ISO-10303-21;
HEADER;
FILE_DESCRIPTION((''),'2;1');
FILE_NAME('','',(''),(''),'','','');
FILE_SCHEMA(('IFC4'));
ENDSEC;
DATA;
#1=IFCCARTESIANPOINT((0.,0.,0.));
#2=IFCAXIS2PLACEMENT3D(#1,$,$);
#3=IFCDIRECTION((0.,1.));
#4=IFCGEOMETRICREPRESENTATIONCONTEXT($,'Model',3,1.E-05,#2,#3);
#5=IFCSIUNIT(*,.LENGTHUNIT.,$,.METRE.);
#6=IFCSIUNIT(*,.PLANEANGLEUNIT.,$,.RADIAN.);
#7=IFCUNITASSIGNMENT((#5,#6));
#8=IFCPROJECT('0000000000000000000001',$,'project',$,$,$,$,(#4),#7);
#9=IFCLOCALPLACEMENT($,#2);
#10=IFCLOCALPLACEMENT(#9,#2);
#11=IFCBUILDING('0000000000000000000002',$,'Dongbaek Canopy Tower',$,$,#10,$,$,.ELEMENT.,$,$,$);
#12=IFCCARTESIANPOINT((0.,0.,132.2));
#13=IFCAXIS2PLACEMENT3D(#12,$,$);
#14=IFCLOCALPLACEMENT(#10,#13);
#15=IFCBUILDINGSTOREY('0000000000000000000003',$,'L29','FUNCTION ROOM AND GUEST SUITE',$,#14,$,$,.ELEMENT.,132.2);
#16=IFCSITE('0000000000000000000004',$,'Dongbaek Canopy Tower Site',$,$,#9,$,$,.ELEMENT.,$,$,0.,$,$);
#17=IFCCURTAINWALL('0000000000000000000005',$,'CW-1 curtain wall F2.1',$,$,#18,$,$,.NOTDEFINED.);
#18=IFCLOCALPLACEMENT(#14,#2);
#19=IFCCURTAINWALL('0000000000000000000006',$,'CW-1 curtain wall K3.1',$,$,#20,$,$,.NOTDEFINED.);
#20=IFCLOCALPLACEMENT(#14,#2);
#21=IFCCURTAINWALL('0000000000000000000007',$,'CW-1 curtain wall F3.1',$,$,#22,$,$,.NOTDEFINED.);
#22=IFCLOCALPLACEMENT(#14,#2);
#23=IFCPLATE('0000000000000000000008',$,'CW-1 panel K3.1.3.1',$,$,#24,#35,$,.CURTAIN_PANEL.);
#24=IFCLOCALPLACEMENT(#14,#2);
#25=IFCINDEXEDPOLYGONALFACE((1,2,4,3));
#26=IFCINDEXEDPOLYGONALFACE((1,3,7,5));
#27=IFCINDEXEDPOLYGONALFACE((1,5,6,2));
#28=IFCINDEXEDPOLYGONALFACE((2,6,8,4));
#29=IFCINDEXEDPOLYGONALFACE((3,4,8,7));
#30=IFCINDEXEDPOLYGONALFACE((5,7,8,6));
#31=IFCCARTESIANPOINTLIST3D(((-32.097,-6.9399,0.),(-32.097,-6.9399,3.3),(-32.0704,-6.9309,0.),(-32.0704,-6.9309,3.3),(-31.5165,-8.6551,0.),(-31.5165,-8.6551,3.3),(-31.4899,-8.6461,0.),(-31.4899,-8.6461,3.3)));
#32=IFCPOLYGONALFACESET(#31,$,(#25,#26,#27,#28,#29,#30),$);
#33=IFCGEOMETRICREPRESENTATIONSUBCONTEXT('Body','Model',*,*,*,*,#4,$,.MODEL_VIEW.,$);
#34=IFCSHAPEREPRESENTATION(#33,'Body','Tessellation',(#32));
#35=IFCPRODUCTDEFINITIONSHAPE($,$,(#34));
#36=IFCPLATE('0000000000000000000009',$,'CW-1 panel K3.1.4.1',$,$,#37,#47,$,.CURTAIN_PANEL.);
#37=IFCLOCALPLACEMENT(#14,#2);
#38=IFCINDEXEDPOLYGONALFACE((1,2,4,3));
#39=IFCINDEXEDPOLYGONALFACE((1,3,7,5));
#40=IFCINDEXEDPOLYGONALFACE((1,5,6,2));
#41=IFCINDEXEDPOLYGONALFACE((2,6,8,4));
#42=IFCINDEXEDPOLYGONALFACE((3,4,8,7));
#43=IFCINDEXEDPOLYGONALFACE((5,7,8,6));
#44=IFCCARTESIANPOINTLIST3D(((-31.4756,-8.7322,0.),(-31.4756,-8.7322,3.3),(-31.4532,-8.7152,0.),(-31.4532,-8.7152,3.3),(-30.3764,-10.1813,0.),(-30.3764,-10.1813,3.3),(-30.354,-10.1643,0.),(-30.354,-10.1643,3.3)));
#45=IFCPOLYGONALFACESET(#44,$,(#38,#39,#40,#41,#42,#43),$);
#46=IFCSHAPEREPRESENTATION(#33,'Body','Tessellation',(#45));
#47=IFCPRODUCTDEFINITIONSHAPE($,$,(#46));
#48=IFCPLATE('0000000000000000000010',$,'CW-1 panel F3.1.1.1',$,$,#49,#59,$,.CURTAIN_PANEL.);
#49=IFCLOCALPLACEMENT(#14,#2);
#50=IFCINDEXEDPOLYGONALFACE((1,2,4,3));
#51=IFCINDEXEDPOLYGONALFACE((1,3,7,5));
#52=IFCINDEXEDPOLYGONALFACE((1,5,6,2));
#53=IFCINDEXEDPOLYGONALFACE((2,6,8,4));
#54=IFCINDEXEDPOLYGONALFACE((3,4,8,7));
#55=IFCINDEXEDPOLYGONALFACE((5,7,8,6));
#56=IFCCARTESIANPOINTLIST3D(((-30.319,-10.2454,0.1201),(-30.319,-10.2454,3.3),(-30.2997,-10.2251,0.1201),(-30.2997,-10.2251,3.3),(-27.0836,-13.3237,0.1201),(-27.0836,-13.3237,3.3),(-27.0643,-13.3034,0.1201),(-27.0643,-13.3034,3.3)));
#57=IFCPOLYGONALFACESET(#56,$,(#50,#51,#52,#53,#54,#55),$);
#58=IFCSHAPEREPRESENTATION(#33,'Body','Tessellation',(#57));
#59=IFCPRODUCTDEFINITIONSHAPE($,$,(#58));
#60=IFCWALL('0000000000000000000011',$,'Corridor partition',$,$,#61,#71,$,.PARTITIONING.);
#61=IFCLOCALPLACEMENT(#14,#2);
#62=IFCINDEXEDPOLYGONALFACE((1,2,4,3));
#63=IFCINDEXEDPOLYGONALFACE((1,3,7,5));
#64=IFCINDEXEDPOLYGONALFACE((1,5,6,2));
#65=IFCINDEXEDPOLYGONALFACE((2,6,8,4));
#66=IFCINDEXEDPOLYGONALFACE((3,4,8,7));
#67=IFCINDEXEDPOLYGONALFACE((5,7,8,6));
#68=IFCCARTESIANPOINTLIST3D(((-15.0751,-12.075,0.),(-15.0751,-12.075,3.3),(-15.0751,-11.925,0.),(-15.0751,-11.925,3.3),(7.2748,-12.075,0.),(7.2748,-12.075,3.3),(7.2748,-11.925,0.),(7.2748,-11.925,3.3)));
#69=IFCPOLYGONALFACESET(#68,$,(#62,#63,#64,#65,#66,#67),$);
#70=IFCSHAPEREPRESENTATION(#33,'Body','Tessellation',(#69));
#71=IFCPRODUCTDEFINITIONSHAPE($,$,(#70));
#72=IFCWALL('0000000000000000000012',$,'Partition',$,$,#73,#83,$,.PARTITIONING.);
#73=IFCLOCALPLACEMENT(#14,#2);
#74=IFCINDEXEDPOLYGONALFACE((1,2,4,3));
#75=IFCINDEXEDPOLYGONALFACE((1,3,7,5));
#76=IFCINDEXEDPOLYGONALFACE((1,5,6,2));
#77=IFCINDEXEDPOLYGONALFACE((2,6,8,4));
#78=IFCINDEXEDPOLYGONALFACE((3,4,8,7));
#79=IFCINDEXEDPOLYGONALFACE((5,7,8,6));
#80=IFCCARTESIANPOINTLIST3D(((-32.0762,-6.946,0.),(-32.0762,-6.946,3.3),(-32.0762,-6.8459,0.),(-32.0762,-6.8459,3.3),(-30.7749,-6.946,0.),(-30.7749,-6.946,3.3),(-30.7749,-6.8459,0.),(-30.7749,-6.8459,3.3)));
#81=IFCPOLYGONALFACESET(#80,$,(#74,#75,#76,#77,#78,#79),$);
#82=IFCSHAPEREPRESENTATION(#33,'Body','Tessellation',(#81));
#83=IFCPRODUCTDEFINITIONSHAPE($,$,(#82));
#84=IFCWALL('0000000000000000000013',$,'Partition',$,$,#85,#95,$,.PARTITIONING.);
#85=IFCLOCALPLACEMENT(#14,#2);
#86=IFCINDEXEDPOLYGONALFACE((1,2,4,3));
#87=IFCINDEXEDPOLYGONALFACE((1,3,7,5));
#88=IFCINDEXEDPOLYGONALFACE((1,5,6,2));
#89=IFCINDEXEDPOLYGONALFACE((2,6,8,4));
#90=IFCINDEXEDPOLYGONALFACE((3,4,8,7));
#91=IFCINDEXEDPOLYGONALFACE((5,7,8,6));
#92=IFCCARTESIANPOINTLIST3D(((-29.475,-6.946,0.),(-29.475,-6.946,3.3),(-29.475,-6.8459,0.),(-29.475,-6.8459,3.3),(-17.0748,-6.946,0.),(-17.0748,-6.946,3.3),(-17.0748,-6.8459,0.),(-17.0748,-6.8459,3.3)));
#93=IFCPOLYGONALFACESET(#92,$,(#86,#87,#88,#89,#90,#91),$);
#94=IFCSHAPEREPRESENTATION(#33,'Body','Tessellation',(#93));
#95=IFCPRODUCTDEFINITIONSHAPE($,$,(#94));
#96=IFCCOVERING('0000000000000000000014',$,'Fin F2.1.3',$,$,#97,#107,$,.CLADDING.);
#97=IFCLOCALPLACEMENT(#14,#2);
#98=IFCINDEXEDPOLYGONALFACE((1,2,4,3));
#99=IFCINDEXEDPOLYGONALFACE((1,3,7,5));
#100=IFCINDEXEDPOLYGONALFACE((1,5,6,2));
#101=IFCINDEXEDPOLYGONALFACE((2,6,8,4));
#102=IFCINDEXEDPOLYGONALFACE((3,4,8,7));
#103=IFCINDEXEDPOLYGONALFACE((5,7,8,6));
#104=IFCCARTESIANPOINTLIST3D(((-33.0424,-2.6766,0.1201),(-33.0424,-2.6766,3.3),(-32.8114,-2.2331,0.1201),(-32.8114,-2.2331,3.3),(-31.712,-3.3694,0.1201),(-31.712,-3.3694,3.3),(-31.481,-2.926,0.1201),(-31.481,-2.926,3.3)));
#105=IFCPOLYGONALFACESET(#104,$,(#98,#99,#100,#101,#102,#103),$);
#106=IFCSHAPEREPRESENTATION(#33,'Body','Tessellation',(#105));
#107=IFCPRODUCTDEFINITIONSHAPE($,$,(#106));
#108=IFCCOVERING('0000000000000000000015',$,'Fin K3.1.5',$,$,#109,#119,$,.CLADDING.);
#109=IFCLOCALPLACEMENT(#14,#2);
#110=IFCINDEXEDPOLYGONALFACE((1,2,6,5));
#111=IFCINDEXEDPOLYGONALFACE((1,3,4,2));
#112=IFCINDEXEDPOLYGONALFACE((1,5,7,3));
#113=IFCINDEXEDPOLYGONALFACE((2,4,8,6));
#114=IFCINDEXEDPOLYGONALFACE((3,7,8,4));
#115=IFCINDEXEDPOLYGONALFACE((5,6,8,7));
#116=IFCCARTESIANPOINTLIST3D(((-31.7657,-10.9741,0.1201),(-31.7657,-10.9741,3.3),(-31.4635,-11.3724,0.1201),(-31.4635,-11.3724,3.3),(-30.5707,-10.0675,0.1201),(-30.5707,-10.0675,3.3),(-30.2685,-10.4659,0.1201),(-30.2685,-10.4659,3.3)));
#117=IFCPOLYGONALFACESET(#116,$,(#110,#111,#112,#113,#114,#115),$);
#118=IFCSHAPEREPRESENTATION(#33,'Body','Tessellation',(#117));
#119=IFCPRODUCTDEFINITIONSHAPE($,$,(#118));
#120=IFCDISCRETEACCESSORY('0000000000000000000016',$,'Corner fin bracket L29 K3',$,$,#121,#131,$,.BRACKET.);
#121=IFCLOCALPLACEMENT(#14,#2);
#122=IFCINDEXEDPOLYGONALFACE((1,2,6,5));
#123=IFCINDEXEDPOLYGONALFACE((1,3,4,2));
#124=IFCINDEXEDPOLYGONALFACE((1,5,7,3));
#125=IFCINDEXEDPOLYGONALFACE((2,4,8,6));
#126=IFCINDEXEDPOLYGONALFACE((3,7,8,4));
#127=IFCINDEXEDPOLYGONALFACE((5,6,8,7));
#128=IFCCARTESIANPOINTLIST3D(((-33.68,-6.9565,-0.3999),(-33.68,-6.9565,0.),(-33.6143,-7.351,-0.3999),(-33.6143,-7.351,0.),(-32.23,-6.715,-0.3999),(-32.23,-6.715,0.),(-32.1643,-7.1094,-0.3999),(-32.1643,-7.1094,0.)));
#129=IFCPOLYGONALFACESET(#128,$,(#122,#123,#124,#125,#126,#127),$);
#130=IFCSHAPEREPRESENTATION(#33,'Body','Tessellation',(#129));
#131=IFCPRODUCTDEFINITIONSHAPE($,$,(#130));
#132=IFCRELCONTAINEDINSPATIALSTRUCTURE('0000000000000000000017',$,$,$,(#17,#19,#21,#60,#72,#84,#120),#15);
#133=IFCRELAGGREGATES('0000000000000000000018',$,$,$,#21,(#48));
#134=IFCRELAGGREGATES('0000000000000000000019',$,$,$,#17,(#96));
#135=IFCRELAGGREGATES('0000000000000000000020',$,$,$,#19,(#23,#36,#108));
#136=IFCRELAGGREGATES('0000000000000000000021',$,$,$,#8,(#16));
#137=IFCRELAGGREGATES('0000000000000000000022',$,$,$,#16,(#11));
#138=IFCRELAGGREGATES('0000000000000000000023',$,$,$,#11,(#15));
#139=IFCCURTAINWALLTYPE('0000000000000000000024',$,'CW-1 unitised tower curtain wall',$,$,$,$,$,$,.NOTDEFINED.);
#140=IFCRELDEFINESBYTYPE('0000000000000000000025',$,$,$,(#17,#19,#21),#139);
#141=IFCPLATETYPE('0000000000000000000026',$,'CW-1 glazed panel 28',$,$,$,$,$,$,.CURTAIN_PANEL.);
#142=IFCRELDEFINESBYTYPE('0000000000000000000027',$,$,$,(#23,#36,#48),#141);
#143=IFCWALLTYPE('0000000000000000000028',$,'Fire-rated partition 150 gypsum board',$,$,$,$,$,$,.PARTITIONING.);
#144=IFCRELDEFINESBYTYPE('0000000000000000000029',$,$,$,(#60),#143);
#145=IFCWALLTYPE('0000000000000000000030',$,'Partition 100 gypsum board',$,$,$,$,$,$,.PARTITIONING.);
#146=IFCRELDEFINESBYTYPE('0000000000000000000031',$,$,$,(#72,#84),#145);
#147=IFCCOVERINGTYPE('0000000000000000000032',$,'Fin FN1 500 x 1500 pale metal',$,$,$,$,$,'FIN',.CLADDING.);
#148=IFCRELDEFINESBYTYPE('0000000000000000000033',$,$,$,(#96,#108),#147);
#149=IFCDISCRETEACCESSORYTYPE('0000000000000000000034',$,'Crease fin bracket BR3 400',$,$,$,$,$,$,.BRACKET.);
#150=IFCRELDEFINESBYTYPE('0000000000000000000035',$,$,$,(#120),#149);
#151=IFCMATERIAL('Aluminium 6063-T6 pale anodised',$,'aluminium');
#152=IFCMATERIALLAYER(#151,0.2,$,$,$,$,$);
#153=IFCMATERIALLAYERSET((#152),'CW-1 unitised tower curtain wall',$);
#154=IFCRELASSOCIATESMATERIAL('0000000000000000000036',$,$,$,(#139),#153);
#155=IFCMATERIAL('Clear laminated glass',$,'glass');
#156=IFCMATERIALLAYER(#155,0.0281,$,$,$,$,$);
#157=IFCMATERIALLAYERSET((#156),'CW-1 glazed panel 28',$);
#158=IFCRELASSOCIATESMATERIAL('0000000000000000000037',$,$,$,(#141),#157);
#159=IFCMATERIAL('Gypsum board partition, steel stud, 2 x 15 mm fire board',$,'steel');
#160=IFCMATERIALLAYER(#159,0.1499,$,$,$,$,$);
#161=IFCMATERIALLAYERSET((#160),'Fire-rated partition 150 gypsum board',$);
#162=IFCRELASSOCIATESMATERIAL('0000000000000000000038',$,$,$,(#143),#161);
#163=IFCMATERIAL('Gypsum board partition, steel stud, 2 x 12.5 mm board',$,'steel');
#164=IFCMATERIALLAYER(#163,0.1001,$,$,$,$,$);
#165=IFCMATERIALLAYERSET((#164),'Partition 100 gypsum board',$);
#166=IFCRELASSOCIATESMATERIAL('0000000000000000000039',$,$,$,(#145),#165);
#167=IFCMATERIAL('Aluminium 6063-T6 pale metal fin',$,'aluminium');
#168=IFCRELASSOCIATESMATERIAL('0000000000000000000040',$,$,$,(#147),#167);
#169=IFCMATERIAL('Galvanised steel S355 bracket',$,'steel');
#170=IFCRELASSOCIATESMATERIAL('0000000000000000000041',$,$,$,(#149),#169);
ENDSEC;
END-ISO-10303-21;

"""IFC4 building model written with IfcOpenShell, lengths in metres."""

from ifc_helpers import new_model, si_unit, direction, frame, frame_2d, origin, origin_2d, place, context, subcontext, project, spatial, rectangle, extrude, material, layer, layer_set, material_profile, profile_set, type_object, element, aggregate, save


model = new_model("IFC4")

# Units and contexts
model_context = context("Model", 3, precision=1e-05, world=origin(), true_north=direction((0.0, 1.0)))
body_context = subcontext(model_context, "Body", "Model", "MODEL_VIEW")
ifc_project = project(units=[si_unit("LENGTHUNIT", "METRE"), si_unit("PLANEANGLEUNIT", "RADIAN")], contexts=[model_context])

# Site, building, storey
site_placement = place(None, origin())
site = spatial("IfcSite", under=ifc_project, at=site_placement, Name="Dongbaek Canopy Tower Site", CompositionType="ELEMENT", RefElevation=0.0)
building_placement = place(site_placement, origin())
building = spatial("IfcBuilding", under=site, at=building_placement, Name="Dongbaek Canopy Tower", CompositionType="ELEMENT")
storey_placement = place(building_placement, frame((0.0, 0.0, 132.2)))
storey = spatial("IfcBuildingStorey", under=building, at=storey_placement, Name="L29", Description="FUNCTION ROOM AND GUEST SUITE", CompositionType="ELEMENT", Elevation=132.2)

# Curtain wall
ifc_material_1 = material(Name="Aluminium 6063-T6 pale anodised", Category="aluminium")
ifc_layer_1 = layer(ifc_material_1, 0.2)
ifc_layer_set_1 = layer_set([ifc_layer_1], Name="CW-1 unitised tower curtain wall")
curtain_wall_type = type_object("IfcCurtainWallType", Name="CW-1 unitised tower curtain wall", PredefinedType="NOTDEFINED", material=ifc_layer_set_1)
curtain_wall_1_placement = place(storey_placement, origin())
curtain_wall_1 = element("IfcCurtainWall", 1, at=curtain_wall_1_placement, inside=storey, type_object=curtain_wall_type, Name="CW-1 curtain wall F2.1", PredefinedType="NOTDEFINED")

# Curtain wall
curtain_wall_2_placement = place(storey_placement, origin())
curtain_wall_2 = element("IfcCurtainWall", 2, at=curtain_wall_2_placement, inside=storey, type_object=curtain_wall_type, Name="CW-1 curtain wall K3.1", PredefinedType="NOTDEFINED")

# Curtain wall
curtain_wall_3_placement = place(storey_placement, origin())
curtain_wall_3 = element("IfcCurtainWall", 3, at=curtain_wall_3_placement, inside=storey, type_object=curtain_wall_type, Name="CW-1 curtain wall F3.1", PredefinedType="NOTDEFINED")

# Plates
ifc_material_2 = material(Name="Clear laminated glass", Category="glass")
ifc_layer_2 = layer(ifc_material_2, 0.0281)
ifc_layer_set_2 = layer_set([ifc_layer_2], Name="CW-1 glazed panel 28")
plate_type = type_object("IfcPlateType", Name="CW-1 glazed panel 28", PredefinedType="CURTAIN_PANEL", material=ifc_layer_set_2)
plate_1_placement = place(storey_placement, frame((-31.7935, -7.793, 0.0), z_axis=(0.0, 0.0, 1.0), x_axis=(0.320601, -0.947214, 0.0)))
plate_1 = element("IfcPlate", 4, at=plate_1_placement, type_object=plate_type, Name="CW-1 panel K3.1.3.1", PredefinedType="CURTAIN_PANEL", context=body_context, shape_type="SweptSolid", body=[
    extrude(rectangle(XDim=1.8108, YDim=0.0281, at=origin_2d()), origin(), (0.0, 0.0, 1.0), 3.3),
])
plate_2_placement = place(storey_placement, frame((-30.9148, -9.4482, 0.0), z_axis=(0.0, 0.0, 1.0), x_axis=(0.604365, -0.796707, 0.0)))
plate_2 = element("IfcPlate", 5, at=plate_2_placement, type_object=plate_type, Name="CW-1 panel K3.1.4.1", PredefinedType="CURTAIN_PANEL", context=body_context, shape_type="SweptSolid", body=[
    extrude(rectangle(XDim=1.8188, YDim=0.0281, at=origin_2d()), origin(), (0.0, 0.0, 1.0), 3.3),
])
plate_3_placement = place(storey_placement, frame((-28.6917, -11.7744, 0.1201), z_axis=(0.0, 0.0, 1.0), x_axis=(0.724474, -0.689302, 0.0)))
plate_3 = element("IfcPlate", 6, at=plate_3_placement, type_object=plate_type, Name="CW-1 panel F3.1.1.1", PredefinedType="CURTAIN_PANEL", context=body_context, shape_type="SweptSolid", body=[
    extrude(rectangle(XDim=4.4658, YDim=0.0281, at=origin_2d()), origin(), (0.0, 0.0, 1.0), 3.1799),
])
aggregate(curtain_wall_3, [plate_3])

# Walls
ifc_material_3 = material(Name="Gypsum board partition, steel stud, 2 x 15 mm fire board", Category="steel")
ifc_layer_3 = layer(ifc_material_3, 0.1499)
ifc_layer_set_3 = layer_set([ifc_layer_3], Name="Fire-rated partition 150 gypsum board")
wall_type_1 = type_object("IfcWallType", Name="Fire-rated partition 150 gypsum board", PredefinedType="PARTITIONING", material=ifc_layer_set_3)
wall_1_placement = place(storey_placement, frame((-15.075, -12.0, 0.0), z_axis=(0.0, 0.0, 1.0), x_axis=(1.0, 0.0, 0.0)))
element("IfcWall", 7, at=wall_1_placement, inside=storey, type_object=wall_type_1, Name="Corridor partition", PredefinedType="PARTITIONING", context=body_context, shape_type="SweptSolid", body=[
    extrude(rectangle(XDim=22.3499, YDim=0.1499, at=frame_2d((11.1748, 0.0))), origin(), (0.0, 0.0, 1.0), 3.3),
])
ifc_material_4 = material(Name="Gypsum board partition, steel stud, 2 x 12.5 mm board", Category="steel")
ifc_layer_4 = layer(ifc_material_4, 0.1001)
ifc_layer_set_4 = layer_set([ifc_layer_4], Name="Partition 100 gypsum board")
wall_type_2 = type_object("IfcWallType", Name="Partition 100 gypsum board", PredefinedType="PARTITIONING", material=ifc_layer_set_4)
wall_2_placement = place(storey_placement, frame((-32.0762, -6.896, 0.0), z_axis=(0.0, 0.0, 1.0), x_axis=(1.0, 0.0, 0.0)))
element("IfcWall", 8, at=wall_2_placement, inside=storey, type_object=wall_type_2, Name="Partition", PredefinedType="PARTITIONING", context=body_context, shape_type="SweptSolid", body=[
    extrude(rectangle(XDim=1.3013, YDim=0.1001, at=frame_2d((0.6506, 0.0))), origin(), (0.0, 0.0, 1.0), 3.3),
])
wall_3_placement = place(storey_placement, frame((-29.4751, -6.896, 0.0), z_axis=(0.0, 0.0, 1.0), x_axis=(1.0, 0.0, 0.0)))
element("IfcWall", 9, at=wall_3_placement, inside=storey, type_object=wall_type_2, Name="Partition", PredefinedType="PARTITIONING", context=body_context, shape_type="SweptSolid", body=[
    extrude(rectangle(XDim=12.4001, YDim=0.1001, at=frame_2d((6.2002, 0.0))), origin(), (0.0, 0.0, 1.0), 3.3),
])

# Coverings
ifc_material_5 = material(Name="Aluminium 6063-T6 pale metal fin", Category="aluminium")
ifc_material_profile_1 = material_profile(ifc_material_5, rectangle(XDim=1.5, YDim=0.5, at=origin_2d()), Name="Fin FN1 500 x 1500 pale metal")
ifc_profile_set_1 = profile_set([ifc_material_profile_1], Name="Aluminium 6063-T6 pale metal fin")
covering_type = type_object("IfcCoveringType", Name="Fin FN1 500 x 1500 pale metal", ElementType="FIN", PredefinedType="CLADDING", material=ifc_profile_set_1)
covering_1_placement = place(storey_placement, frame((-32.2617, -2.8013, 0.1201), z_axis=(0.0, 0.0, 1.0), x_axis=(-0.886927, 0.46191, 0.0)))
covering_1 = element("IfcCovering", 10, at=covering_1_placement, type_object=covering_type, Name="Fin F2.1.3", PredefinedType="CLADDING", context=body_context, shape_type="SweptSolid", body=[
    extrude(rectangle(XDim=1.5, YDim=0.5, at=origin_2d()), origin(), (0.0, 0.0, 1.0), 3.1799),
])
aggregate(curtain_wall_1, [covering_1])
covering_2_placement = place(storey_placement, frame((-31.0171, -10.72, 0.1201), z_axis=(0.0, 0.0, 1.0), x_axis=(-0.796707, -0.604365, 0.0)))
covering_2 = element("IfcCovering", 11, at=covering_2_placement, type_object=covering_type, Name="Fin K3.1.5", PredefinedType="CLADDING", context=body_context, shape_type="SweptSolid", body=[
    extrude(rectangle(XDim=1.5, YDim=0.5, at=origin_2d()), origin(), (0.0, 0.0, 1.0), 3.1799),
])
aggregate(curtain_wall_2, [plate_1, plate_2, covering_2])

# Discrete accessory
ifc_material_6 = material(Name="Galvanised steel S355 bracket", Category="steel")
discrete_accessory_type = type_object("IfcDiscreteAccessoryType", Name="Crease fin bracket BR3 400", PredefinedType="BRACKET", material=ifc_material_6)
discrete_accessory_placement = place(storey_placement, frame((-32.9221, -7.033, -0.3999), z_axis=(0.0, 0.0, 1.0), x_axis=(-0.986408, -0.164313, 0.0)))
element("IfcDiscreteAccessory", 12, at=discrete_accessory_placement, inside=storey, type_object=discrete_accessory_type, Name="Corner fin bracket L29 K3", PredefinedType="BRACKET", context=body_context, shape_type="SweptSolid", body=[
    extrude(rectangle(XDim=1.47, YDim=0.3999, at=origin_2d()), origin(), (0.0, 0.0, 1.0), 0.3999),
])

save(model, "model.ifc")
